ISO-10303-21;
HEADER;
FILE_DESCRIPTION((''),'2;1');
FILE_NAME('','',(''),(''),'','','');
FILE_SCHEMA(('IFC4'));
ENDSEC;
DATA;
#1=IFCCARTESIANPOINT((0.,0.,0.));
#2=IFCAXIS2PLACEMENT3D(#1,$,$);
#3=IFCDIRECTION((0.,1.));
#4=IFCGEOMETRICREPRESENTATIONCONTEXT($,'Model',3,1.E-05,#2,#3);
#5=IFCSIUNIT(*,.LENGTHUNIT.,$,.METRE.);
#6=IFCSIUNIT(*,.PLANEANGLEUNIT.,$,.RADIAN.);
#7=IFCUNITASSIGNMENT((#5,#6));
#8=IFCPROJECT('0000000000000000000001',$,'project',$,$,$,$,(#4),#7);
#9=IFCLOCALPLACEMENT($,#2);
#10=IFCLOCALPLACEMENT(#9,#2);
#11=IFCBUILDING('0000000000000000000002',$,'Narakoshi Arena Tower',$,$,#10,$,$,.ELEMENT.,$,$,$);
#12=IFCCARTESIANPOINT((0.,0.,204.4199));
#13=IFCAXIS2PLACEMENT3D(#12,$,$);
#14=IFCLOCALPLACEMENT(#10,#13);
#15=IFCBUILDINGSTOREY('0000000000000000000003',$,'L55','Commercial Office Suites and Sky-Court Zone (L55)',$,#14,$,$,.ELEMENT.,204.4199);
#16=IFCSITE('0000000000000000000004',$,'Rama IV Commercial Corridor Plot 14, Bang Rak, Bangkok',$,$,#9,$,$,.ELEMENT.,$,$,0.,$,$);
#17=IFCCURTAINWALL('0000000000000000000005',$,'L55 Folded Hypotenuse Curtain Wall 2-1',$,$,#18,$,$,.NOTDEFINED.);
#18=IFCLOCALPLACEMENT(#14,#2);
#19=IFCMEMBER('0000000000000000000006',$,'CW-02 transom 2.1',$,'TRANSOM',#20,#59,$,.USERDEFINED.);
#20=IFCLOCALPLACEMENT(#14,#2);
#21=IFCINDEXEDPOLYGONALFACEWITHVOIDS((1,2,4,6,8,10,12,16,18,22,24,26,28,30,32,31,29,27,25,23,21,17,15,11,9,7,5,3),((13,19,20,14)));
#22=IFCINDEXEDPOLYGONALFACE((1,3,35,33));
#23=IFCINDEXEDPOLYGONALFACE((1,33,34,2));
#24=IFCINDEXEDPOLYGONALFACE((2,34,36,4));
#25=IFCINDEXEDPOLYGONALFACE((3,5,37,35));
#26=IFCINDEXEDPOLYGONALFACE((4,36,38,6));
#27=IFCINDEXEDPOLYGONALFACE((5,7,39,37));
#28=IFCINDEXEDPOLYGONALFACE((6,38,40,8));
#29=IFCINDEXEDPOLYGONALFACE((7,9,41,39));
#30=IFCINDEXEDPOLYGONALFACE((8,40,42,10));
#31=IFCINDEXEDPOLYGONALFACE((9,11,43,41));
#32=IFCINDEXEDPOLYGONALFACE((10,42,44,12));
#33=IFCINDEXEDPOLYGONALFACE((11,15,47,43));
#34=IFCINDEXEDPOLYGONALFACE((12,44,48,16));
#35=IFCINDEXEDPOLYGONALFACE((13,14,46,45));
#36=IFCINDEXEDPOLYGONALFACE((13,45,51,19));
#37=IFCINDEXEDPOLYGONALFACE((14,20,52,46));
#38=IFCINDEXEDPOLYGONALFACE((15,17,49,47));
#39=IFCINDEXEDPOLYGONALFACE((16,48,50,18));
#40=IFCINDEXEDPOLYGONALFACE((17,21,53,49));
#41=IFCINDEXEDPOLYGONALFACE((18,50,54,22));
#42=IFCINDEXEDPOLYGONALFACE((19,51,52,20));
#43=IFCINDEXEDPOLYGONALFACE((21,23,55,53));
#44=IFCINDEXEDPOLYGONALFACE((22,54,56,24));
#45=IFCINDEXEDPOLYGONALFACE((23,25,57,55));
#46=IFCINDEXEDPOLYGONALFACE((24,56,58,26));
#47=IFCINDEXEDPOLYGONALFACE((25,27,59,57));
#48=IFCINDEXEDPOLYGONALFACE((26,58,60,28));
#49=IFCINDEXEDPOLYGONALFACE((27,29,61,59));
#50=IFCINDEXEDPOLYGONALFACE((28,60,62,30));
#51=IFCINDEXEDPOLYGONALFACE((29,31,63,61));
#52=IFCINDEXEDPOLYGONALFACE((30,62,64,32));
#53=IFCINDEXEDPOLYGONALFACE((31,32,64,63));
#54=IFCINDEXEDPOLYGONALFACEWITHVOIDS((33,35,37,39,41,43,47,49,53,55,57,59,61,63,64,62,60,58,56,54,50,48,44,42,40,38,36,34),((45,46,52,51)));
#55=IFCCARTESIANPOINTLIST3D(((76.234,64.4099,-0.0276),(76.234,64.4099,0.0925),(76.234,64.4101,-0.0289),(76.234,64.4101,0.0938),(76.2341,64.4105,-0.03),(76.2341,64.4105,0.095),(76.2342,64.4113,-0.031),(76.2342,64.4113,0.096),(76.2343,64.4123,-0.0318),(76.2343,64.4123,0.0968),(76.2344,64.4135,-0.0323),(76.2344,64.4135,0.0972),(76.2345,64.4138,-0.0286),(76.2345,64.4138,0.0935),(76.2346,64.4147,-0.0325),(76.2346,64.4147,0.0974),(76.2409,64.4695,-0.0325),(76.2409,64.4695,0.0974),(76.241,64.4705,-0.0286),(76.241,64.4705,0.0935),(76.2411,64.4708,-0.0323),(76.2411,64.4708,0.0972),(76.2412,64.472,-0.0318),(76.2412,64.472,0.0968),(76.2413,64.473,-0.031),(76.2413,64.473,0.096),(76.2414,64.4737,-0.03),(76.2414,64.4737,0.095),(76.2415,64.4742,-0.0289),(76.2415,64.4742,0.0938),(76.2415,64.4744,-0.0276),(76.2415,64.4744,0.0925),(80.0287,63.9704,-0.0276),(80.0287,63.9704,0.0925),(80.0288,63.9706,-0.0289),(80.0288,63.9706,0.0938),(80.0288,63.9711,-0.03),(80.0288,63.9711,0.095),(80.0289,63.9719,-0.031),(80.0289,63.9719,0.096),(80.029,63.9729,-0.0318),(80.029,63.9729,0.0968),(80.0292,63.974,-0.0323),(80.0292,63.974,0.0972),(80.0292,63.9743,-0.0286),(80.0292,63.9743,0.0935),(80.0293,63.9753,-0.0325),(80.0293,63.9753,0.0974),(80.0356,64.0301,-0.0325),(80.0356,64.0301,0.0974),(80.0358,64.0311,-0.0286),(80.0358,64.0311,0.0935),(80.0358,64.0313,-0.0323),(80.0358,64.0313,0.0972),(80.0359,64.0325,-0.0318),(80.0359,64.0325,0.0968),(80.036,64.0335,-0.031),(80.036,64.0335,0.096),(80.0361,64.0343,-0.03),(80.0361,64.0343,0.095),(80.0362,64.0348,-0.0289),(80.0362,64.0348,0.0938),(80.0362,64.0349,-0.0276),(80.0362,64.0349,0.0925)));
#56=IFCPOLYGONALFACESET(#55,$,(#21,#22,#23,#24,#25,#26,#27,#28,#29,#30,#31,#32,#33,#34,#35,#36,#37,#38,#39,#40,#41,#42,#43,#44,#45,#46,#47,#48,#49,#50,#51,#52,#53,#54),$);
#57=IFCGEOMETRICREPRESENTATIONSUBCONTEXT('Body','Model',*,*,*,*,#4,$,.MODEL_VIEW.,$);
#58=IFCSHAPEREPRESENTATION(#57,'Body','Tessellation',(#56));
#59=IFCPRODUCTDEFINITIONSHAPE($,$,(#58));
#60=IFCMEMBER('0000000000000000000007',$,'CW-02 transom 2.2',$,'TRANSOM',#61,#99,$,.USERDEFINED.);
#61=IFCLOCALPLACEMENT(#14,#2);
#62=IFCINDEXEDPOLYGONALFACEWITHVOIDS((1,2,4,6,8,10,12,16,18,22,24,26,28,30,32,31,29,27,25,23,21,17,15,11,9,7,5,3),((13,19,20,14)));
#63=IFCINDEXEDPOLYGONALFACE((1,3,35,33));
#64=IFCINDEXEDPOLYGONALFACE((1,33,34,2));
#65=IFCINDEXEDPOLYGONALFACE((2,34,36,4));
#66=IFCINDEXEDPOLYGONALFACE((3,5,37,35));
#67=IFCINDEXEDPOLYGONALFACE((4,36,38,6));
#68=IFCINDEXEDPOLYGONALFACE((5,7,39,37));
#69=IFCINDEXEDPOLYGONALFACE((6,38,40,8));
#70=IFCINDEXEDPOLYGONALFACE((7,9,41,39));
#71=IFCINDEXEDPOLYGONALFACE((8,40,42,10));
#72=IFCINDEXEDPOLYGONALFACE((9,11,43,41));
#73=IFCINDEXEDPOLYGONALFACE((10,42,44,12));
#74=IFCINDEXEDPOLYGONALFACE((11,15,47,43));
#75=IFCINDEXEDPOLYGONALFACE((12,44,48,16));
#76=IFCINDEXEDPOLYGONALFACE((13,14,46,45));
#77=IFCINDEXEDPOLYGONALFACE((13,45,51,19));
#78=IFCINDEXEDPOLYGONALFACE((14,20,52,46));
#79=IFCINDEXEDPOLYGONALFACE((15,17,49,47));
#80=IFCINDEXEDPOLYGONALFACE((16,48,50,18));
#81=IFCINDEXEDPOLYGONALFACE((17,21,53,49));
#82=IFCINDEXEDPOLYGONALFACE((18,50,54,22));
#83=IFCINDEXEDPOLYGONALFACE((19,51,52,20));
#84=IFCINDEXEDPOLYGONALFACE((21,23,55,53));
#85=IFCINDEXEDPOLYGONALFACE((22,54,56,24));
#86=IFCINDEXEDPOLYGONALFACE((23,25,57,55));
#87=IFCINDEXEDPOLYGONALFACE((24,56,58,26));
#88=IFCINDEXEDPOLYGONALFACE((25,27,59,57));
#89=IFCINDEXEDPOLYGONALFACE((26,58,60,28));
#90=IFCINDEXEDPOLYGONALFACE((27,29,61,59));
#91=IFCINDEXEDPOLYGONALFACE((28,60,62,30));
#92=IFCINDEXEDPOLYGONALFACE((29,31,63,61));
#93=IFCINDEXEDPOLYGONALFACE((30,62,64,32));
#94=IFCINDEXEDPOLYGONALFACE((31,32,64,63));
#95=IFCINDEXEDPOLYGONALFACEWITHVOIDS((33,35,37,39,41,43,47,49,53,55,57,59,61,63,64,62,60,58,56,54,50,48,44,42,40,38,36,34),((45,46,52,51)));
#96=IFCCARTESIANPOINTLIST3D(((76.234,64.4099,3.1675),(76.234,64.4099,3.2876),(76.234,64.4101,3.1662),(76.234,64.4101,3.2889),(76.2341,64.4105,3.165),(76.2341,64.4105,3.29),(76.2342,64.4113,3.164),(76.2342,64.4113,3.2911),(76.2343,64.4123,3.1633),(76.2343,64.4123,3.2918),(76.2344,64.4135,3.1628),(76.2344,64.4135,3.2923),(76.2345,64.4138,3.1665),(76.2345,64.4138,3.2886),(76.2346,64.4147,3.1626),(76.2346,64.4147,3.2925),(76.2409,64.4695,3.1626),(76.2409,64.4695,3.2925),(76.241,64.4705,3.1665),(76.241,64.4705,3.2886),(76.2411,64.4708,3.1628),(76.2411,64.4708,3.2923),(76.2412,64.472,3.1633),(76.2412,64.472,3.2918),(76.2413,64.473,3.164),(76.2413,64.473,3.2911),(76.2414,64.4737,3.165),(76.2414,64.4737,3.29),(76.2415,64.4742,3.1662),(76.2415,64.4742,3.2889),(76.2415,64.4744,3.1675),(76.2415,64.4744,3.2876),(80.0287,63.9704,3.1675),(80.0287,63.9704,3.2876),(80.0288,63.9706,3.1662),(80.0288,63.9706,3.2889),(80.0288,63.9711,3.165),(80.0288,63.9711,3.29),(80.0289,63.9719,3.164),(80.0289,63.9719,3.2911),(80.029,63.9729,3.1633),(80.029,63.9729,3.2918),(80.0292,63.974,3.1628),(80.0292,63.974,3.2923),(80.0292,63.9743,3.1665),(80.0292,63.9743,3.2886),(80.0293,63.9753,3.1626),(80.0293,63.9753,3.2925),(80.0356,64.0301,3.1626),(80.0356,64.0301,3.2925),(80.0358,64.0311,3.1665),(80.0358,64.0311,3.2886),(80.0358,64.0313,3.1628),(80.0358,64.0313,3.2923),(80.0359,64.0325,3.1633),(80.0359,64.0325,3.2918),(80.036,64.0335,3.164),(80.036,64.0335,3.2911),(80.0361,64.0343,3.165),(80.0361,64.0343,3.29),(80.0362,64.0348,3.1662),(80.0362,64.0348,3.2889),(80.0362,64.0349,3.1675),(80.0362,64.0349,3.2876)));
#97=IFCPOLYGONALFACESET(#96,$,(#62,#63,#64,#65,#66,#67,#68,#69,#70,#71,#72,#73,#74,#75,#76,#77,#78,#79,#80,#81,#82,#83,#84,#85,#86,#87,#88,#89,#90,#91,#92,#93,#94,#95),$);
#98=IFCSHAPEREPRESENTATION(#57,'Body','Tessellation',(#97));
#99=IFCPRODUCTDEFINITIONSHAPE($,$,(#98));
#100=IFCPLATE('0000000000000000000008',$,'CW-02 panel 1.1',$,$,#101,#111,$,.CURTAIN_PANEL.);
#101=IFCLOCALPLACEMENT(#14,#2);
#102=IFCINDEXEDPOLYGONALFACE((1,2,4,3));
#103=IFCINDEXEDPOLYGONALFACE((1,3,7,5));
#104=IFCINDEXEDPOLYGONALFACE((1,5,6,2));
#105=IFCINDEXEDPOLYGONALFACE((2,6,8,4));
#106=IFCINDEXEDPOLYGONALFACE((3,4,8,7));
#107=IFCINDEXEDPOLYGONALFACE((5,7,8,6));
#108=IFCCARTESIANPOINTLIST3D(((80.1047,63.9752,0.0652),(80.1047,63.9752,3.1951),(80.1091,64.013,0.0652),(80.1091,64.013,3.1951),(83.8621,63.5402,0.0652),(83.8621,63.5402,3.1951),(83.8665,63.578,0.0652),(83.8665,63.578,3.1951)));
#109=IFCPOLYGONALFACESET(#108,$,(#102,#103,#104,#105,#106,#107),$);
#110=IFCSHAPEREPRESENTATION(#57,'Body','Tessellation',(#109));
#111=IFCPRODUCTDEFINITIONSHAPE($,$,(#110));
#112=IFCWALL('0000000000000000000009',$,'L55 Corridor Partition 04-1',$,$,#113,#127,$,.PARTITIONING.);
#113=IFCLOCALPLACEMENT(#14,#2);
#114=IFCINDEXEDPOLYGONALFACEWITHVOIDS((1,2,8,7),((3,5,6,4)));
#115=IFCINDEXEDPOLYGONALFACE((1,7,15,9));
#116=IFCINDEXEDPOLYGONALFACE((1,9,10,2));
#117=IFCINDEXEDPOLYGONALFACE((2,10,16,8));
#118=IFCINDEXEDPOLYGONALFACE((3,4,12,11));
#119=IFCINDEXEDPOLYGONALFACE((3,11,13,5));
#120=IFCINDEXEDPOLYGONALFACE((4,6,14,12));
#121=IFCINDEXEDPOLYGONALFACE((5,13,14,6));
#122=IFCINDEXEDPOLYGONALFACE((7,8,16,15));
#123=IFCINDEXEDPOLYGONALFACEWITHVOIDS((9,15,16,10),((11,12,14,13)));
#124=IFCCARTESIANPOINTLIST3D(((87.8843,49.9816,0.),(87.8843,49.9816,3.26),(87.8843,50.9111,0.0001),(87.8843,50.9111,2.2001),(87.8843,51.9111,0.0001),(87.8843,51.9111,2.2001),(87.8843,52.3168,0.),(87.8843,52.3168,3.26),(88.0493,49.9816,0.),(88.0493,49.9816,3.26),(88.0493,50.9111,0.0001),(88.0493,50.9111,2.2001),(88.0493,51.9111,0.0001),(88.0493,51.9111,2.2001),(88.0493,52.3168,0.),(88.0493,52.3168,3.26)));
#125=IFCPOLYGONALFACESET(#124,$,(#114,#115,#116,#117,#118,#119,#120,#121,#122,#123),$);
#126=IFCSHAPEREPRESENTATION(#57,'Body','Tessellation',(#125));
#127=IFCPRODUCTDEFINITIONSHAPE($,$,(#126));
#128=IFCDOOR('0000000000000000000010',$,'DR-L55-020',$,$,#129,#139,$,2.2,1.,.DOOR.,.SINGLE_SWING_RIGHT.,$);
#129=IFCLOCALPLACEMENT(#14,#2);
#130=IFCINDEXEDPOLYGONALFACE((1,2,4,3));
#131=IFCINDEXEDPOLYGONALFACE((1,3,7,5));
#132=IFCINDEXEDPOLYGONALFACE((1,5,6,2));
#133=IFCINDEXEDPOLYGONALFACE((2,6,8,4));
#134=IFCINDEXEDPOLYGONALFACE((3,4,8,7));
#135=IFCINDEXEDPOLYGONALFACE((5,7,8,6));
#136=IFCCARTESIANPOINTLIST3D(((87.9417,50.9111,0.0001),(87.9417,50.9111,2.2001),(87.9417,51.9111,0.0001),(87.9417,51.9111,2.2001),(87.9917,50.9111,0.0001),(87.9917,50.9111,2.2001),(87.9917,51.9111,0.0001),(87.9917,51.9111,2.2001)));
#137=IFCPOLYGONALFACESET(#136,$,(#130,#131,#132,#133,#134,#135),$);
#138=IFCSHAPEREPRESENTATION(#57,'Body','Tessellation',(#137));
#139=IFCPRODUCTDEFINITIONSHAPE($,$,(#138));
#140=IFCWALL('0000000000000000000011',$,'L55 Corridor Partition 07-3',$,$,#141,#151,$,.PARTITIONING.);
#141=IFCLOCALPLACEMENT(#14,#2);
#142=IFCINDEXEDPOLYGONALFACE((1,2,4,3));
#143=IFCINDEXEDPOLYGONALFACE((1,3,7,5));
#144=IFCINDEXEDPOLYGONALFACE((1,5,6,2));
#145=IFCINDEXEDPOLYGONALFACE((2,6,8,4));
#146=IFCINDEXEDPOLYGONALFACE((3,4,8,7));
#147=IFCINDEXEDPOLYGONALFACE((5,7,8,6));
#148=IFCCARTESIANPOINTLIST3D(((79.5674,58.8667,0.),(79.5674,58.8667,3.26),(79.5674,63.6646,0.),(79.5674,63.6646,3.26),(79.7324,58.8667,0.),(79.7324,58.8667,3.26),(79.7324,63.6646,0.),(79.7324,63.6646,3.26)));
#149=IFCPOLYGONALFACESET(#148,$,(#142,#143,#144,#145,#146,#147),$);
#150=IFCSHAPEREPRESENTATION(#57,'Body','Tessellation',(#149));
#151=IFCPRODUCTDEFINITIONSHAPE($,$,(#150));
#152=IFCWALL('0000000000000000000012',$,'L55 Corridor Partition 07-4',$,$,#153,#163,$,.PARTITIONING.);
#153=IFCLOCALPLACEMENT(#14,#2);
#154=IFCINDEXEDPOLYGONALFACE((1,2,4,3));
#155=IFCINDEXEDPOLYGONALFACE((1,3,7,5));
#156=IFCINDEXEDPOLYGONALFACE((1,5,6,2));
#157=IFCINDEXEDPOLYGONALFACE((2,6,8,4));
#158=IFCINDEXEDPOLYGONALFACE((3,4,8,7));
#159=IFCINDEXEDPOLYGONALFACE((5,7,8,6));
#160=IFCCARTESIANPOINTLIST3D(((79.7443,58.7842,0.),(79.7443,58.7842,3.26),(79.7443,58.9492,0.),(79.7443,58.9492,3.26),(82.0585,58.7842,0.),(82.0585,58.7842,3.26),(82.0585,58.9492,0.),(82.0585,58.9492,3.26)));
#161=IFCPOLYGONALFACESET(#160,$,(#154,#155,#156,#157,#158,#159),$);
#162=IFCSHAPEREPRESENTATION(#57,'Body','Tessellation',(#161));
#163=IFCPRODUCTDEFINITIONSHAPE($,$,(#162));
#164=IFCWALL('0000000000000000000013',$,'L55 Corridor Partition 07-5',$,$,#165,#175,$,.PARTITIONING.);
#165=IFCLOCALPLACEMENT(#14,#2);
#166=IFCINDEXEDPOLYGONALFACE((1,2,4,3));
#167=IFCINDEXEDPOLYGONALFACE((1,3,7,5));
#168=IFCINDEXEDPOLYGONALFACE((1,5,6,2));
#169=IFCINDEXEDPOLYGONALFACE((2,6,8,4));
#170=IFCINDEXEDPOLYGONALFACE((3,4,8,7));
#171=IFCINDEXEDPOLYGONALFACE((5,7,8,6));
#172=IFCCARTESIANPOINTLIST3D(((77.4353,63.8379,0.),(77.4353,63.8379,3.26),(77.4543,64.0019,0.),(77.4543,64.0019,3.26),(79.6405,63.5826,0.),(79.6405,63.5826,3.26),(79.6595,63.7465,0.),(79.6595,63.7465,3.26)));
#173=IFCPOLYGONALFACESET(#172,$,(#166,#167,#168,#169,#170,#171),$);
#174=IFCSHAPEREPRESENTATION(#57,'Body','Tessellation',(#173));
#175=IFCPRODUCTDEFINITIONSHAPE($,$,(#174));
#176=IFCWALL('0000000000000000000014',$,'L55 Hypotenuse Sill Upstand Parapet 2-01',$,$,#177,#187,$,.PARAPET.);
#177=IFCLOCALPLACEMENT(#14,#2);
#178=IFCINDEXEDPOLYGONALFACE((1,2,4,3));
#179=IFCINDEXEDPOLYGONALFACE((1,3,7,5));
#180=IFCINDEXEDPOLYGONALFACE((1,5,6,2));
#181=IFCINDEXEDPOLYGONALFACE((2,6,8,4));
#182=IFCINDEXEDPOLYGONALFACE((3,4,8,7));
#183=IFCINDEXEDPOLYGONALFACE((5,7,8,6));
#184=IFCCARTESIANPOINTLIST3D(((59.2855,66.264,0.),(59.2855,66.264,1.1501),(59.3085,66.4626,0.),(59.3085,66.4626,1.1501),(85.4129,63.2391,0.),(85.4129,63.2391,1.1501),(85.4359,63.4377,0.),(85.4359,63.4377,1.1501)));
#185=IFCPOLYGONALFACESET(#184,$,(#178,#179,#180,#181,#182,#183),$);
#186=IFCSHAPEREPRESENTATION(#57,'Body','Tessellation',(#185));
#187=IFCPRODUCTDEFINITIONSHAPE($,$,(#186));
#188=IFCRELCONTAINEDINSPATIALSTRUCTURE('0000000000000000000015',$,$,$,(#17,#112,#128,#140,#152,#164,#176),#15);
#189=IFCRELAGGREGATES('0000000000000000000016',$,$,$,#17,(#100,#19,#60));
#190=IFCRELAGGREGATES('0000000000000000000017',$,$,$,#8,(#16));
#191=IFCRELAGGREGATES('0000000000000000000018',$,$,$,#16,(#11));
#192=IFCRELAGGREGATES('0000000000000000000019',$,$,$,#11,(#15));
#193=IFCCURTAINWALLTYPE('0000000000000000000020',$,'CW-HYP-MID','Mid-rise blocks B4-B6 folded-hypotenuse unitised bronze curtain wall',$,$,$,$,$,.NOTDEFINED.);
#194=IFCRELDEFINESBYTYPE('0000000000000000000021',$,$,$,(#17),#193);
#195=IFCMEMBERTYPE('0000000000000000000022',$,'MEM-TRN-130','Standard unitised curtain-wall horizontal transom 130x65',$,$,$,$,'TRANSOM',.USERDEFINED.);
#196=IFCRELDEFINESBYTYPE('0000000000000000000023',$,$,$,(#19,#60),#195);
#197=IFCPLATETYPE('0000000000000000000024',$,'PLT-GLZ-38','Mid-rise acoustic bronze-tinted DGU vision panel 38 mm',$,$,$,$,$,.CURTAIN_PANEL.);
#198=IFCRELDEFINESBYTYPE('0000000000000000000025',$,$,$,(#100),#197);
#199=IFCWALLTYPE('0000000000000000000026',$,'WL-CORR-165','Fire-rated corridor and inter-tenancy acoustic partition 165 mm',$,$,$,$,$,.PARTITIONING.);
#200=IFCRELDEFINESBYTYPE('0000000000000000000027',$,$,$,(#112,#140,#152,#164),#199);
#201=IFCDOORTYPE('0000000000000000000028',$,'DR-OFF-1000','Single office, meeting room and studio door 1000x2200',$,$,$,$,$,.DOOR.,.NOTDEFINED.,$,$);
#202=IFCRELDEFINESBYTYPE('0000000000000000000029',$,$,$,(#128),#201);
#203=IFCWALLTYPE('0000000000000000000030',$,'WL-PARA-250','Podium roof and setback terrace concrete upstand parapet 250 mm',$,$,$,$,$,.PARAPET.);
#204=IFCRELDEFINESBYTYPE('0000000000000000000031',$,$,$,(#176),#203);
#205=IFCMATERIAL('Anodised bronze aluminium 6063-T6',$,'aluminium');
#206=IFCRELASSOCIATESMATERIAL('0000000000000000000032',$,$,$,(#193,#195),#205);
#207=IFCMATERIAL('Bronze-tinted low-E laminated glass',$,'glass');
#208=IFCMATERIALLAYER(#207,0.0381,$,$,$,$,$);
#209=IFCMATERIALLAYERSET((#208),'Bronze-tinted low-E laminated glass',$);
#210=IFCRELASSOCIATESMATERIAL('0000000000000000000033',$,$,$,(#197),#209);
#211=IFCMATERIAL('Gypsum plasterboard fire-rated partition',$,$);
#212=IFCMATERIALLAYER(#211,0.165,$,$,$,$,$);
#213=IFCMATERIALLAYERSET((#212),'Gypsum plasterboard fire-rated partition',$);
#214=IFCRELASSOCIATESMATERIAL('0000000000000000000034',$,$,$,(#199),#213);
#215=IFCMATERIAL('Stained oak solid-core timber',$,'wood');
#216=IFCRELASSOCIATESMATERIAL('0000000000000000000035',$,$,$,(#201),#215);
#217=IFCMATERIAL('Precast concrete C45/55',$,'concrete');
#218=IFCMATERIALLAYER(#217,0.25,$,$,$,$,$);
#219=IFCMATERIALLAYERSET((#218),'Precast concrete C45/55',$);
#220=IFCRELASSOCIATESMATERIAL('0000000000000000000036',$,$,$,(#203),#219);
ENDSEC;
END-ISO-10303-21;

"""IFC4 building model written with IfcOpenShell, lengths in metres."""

from ifc_helpers import new_model, si_unit, direction, frame, frame_2d, origin, origin_2d, place, context, subcontext, project, spatial, rectangle, hollow_rectangle, extrude, material, layer, layer_set, material_profile, profile_set, type_object, element, fill, aggregate, save


model = new_model("IFC4")

# Units and contexts
model_context = context("Model", 3, precision=1e-05, world=origin(), true_north=direction((0.0, 1.0)))
body_context = subcontext(model_context, "Body", "Model", "MODEL_VIEW")
ifc_project = project(units=[si_unit("LENGTHUNIT", "METRE"), si_unit("PLANEANGLEUNIT", "RADIAN")], contexts=[model_context])

# Site, building, storey
site_placement = place(None, origin())
site = spatial("IfcSite", under=ifc_project, at=site_placement, Name="Rama IV Commercial Corridor Plot 14, Bang Rak, Bangkok", CompositionType="ELEMENT", RefElevation=0.0)
building_placement = place(site_placement, origin())
building = spatial("IfcBuilding", under=site, at=building_placement, Name="Narakoshi Arena Tower", CompositionType="ELEMENT")
storey_placement = place(building_placement, frame((0.0, 0.0, 204.4199)))
storey = spatial("IfcBuildingStorey", under=building, at=storey_placement, Name="L55", Description="Commercial Office Suites and Sky-Court Zone (L55)", CompositionType="ELEMENT", Elevation=204.4199)

# Curtain wall, members, plate
ifc_material_1 = material(Name="Anodised bronze aluminium 6063-T6", Category="aluminium")
curtain_wall_type = type_object("IfcCurtainWallType", Name="CW-HYP-MID", Description="Mid-rise blocks B4-B6 folded-hypotenuse unitised bronze curtain wall", PredefinedType="NOTDEFINED", material=ifc_material_1)
curtain_wall_placement = place(storey_placement, origin())
curtain_wall = element("IfcCurtainWall", 1, at=curtain_wall_placement, inside=storey, type_object=curtain_wall_type, Name="L55 Folded Hypotenuse Curtain Wall 2-1", PredefinedType="NOTDEFINED")
ifc_material_profile_1 = material_profile(ifc_material_1, hollow_rectangle(XDim=0.0649, YDim=0.1299, WallThickness=0.0039, OuterFilletRadius=0.0049, at=origin_2d()), Name="TRN130x65x4")
ifc_profile_set_1 = profile_set([ifc_material_profile_1], Name="Anodised bronze aluminium 6063-T6")
member_type_1 = type_object("IfcMemberType", Name="MEM-TRN-130", Description="Standard unitised curtain-wall horizontal transom 130x65", ElementType="TRANSOM", PredefinedType="USERDEFINED", material=ifc_profile_set_1)
member_1_placement = place(storey_placement, frame((80.0325, 64.0027, 0.0325), z_axis=(-0.993361, 0.115039, 0.0), x_axis=(-0.115039, -0.993361, 0.0)))
member_1 = element("IfcMember", 2, at=member_1_placement, type_object=member_type_1, Name="CW-02 transom 2.1", ObjectType="TRANSOM", PredefinedType="USERDEFINED", context=body_context, shape_type="SweptSolid", body=[
    extrude(hollow_rectangle(XDim=0.0649, YDim=0.1299, WallThickness=0.0039, OuterFilletRadius=0.0049, at=origin_2d()), origin(), (0.0, 0.0, 1.0), 3.8201),
])
member_2_placement = place(storey_placement, frame((80.0325, 64.0027, 3.2275), z_axis=(-0.993361, 0.115039, 0.0), x_axis=(-0.115039, -0.993361, 0.0)))
member_2 = element("IfcMember", 3, at=member_2_placement, type_object=member_type_1, Name="CW-02 transom 2.2", ObjectType="TRANSOM", PredefinedType="USERDEFINED", context=body_context, shape_type="SweptSolid", body=[
    extrude(hollow_rectangle(XDim=0.0649, YDim=0.1299, WallThickness=0.0039, OuterFilletRadius=0.0049, at=origin_2d()), origin(), (0.0, 0.0, 1.0), 3.8201),
])
ifc_material_2 = material(Name="Bronze-tinted low-E laminated glass", Category="glass")
ifc_layer_1 = layer(ifc_material_2, 0.0381)
ifc_layer_set_1 = layer_set([ifc_layer_1], Name="Bronze-tinted low-E laminated glass")
plate_type = type_object("IfcPlateType", Name="PLT-GLZ-38", Description="Mid-rise acoustic bronze-tinted DGU vision panel 38 mm", PredefinedType="CURTAIN_PANEL", material=ifc_layer_set_1)
plate_placement = place(storey_placement, frame((81.9856, 63.7766, 0.0652), z_axis=(0.0, 0.0, 1.0), x_axis=(-0.993364, 0.115011, 0.0)))
plate = element("IfcPlate", 4, at=plate_placement, type_object=plate_type, Name="CW-02 panel 1.1", PredefinedType="CURTAIN_PANEL", context=body_context, shape_type="SweptSolid", body=[
    extrude(rectangle(XDim=3.7825, YDim=0.0381, at=origin_2d()), origin(), (0.0, 0.0, 1.0), 3.1299),
])
aggregate(curtain_wall, [plate, member_1, member_2])

# Wall, opening, door
ifc_material_3 = material(Name="Gypsum plasterboard fire-rated partition")
ifc_layer_2 = layer(ifc_material_3, 0.165)
ifc_layer_set_2 = layer_set([ifc_layer_2], Name="Gypsum plasterboard fire-rated partition")
wall_type_1 = type_object("IfcWallType", Name="WL-CORR-165", Description="Fire-rated corridor and inter-tenancy acoustic partition 165 mm", PredefinedType="PARTITIONING", material=ifc_layer_set_2)
wall_1_placement = place(storey_placement, frame((87.9668, 49.9817, 0.0), z_axis=(0.0, 0.0, 1.0), x_axis=(0.0, 1.0, 0.0)))
wall_1 = element("IfcWall", 5, at=wall_1_placement, inside=storey, type_object=wall_type_1, Name="L55 Corridor Partition 04-1", PredefinedType="PARTITIONING", context=body_context, shape_type="SweptSolid", body=[
    extrude(rectangle(XDim=2.3352, YDim=0.165, at=frame_2d((1.1675, 0.0))), origin(), (0.0, 0.0, 1.0), 3.26),
])
opening_1_placement = place(wall_1_placement, frame((0.9294, 0.0, 0.0)))
opening_1 = element("IfcOpeningElement", 6, at=opening_1_placement, cuts=wall_1, PredefinedType="OPENING", context=body_context, shape_type="SweptSolid", body=[
    extrude(rectangle(XDim=1.0, YDim=2.2, at=frame_2d((0.5, 1.1001))), frame((0.0, 0.0925, 0.0), z_axis=(0.0, -1.0, 0.0), x_axis=(1.0, 0.0, 0.0)), (0.0, 0.0, 1.0), 0.1851),
])
ifc_material_4 = material(Name="Stained oak solid-core timber", Category="wood")
door_type_1 = type_object("IfcDoorType", Name="DR-OFF-1000", Description="Single office, meeting room and studio door 1000x2200", OperationType="NOTDEFINED", PredefinedType="DOOR", material=ifc_material_4)
door_1_placement = place(opening_1_placement, frame((1.0, 0.0, 0.0), z_axis=(0.0, 0.0, 1.0), x_axis=(-1.0, 0.0, 0.0)))
door_1 = element("IfcDoor", 7, at=door_1_placement, inside=storey, type_object=door_type_1, Name="DR-L55-020", OperationType="SINGLE_SWING_RIGHT", OverallHeight=2.2, OverallWidth=1.0, PredefinedType="DOOR", context=body_context, shape_type="SweptSolid", body=[
    extrude(rectangle(XDim=1.0, YDim=2.2, at=frame_2d((0.5, 1.1001))), frame((0.0, 0.0249, 0.0), z_axis=(0.0, -1.0, 0.0), x_axis=(1.0, 0.0, 0.0)), (0.0, 0.0, 1.0), 0.05),
])
fill(opening_1, door_1)

# Walls
wall_2_placement = place(storey_placement, frame((79.6499, 58.8667, 0.0), z_axis=(0.0, 0.0, 1.0), x_axis=(0.0, 1.0, 0.0)))
element("IfcWall", 8, at=wall_2_placement, inside=storey, type_object=wall_type_1, Name="L55 Corridor Partition 07-3", PredefinedType="PARTITIONING", context=body_context, shape_type="SweptSolid", body=[
    extrude(rectangle(XDim=4.7979, YDim=0.165, at=frame_2d((2.3989, 0.0))), origin(), (0.0, 0.0, 1.0), 3.26),
])
wall_3_placement = place(storey_placement, frame((82.0586, 58.8667, 0.0), z_axis=(0.0, 0.0, 1.0), x_axis=(-1.0, 0.0, 0.0)))
element("IfcWall", 9, at=wall_3_placement, inside=storey, type_object=wall_type_1, Name="L55 Corridor Partition 07-4", PredefinedType="PARTITIONING", context=body_context, shape_type="SweptSolid", body=[
    extrude(rectangle(XDim=2.3142, YDim=0.165, at=frame_2d((1.1572, 0.0))), origin(), (0.0, 0.0, 1.0), 3.26),
])
wall_4_placement = place(storey_placement, frame((79.6499, 63.6646, 0.0), z_axis=(0.0, 0.0, 1.0), x_axis=(-0.993362, 0.115029, 0.0)))
element("IfcWall", 10, at=wall_4_placement, inside=storey, type_object=wall_type_1, Name="L55 Corridor Partition 07-5", PredefinedType="PARTITIONING", context=body_context, shape_type="SweptSolid", body=[
    extrude(rectangle(XDim=2.22, YDim=0.165, at=frame_2d((1.1099, 0.0))), origin(), (0.0, 0.0, 1.0), 3.26),
])
ifc_material_5 = material(Name="Precast concrete C45/55", Category="concrete")
ifc_layer_3 = layer(ifc_material_5, 0.25)
ifc_layer_set_3 = layer_set([ifc_layer_3], Name="Precast concrete C45/55")
wall_type_2 = type_object("IfcWallType", Name="WL-PARA-250", Description="Podium roof and setback terrace concrete upstand parapet 250 mm", PredefinedType="PARAPET", material=ifc_layer_set_3)
wall_5_placement = place(storey_placement, frame((85.4243, 63.3384, 0.0), z_axis=(0.0, 0.0, 1.0), x_axis=(-0.993365, 0.115007, 0.0)))
element("IfcWall", 11, at=wall_5_placement, inside=storey, type_object=wall_type_2, Name="L55 Hypotenuse Sill Upstand Parapet 2-01", PredefinedType="PARAPET", context=body_context, shape_type="SweptSolid", body=[
    extrude(rectangle(XDim=26.302, YDim=0.2, at=frame_2d((13.1509, 0.0))), origin(), (0.0, 0.0, 1.0), 1.1501),
])

save(model, "model.ifc")
